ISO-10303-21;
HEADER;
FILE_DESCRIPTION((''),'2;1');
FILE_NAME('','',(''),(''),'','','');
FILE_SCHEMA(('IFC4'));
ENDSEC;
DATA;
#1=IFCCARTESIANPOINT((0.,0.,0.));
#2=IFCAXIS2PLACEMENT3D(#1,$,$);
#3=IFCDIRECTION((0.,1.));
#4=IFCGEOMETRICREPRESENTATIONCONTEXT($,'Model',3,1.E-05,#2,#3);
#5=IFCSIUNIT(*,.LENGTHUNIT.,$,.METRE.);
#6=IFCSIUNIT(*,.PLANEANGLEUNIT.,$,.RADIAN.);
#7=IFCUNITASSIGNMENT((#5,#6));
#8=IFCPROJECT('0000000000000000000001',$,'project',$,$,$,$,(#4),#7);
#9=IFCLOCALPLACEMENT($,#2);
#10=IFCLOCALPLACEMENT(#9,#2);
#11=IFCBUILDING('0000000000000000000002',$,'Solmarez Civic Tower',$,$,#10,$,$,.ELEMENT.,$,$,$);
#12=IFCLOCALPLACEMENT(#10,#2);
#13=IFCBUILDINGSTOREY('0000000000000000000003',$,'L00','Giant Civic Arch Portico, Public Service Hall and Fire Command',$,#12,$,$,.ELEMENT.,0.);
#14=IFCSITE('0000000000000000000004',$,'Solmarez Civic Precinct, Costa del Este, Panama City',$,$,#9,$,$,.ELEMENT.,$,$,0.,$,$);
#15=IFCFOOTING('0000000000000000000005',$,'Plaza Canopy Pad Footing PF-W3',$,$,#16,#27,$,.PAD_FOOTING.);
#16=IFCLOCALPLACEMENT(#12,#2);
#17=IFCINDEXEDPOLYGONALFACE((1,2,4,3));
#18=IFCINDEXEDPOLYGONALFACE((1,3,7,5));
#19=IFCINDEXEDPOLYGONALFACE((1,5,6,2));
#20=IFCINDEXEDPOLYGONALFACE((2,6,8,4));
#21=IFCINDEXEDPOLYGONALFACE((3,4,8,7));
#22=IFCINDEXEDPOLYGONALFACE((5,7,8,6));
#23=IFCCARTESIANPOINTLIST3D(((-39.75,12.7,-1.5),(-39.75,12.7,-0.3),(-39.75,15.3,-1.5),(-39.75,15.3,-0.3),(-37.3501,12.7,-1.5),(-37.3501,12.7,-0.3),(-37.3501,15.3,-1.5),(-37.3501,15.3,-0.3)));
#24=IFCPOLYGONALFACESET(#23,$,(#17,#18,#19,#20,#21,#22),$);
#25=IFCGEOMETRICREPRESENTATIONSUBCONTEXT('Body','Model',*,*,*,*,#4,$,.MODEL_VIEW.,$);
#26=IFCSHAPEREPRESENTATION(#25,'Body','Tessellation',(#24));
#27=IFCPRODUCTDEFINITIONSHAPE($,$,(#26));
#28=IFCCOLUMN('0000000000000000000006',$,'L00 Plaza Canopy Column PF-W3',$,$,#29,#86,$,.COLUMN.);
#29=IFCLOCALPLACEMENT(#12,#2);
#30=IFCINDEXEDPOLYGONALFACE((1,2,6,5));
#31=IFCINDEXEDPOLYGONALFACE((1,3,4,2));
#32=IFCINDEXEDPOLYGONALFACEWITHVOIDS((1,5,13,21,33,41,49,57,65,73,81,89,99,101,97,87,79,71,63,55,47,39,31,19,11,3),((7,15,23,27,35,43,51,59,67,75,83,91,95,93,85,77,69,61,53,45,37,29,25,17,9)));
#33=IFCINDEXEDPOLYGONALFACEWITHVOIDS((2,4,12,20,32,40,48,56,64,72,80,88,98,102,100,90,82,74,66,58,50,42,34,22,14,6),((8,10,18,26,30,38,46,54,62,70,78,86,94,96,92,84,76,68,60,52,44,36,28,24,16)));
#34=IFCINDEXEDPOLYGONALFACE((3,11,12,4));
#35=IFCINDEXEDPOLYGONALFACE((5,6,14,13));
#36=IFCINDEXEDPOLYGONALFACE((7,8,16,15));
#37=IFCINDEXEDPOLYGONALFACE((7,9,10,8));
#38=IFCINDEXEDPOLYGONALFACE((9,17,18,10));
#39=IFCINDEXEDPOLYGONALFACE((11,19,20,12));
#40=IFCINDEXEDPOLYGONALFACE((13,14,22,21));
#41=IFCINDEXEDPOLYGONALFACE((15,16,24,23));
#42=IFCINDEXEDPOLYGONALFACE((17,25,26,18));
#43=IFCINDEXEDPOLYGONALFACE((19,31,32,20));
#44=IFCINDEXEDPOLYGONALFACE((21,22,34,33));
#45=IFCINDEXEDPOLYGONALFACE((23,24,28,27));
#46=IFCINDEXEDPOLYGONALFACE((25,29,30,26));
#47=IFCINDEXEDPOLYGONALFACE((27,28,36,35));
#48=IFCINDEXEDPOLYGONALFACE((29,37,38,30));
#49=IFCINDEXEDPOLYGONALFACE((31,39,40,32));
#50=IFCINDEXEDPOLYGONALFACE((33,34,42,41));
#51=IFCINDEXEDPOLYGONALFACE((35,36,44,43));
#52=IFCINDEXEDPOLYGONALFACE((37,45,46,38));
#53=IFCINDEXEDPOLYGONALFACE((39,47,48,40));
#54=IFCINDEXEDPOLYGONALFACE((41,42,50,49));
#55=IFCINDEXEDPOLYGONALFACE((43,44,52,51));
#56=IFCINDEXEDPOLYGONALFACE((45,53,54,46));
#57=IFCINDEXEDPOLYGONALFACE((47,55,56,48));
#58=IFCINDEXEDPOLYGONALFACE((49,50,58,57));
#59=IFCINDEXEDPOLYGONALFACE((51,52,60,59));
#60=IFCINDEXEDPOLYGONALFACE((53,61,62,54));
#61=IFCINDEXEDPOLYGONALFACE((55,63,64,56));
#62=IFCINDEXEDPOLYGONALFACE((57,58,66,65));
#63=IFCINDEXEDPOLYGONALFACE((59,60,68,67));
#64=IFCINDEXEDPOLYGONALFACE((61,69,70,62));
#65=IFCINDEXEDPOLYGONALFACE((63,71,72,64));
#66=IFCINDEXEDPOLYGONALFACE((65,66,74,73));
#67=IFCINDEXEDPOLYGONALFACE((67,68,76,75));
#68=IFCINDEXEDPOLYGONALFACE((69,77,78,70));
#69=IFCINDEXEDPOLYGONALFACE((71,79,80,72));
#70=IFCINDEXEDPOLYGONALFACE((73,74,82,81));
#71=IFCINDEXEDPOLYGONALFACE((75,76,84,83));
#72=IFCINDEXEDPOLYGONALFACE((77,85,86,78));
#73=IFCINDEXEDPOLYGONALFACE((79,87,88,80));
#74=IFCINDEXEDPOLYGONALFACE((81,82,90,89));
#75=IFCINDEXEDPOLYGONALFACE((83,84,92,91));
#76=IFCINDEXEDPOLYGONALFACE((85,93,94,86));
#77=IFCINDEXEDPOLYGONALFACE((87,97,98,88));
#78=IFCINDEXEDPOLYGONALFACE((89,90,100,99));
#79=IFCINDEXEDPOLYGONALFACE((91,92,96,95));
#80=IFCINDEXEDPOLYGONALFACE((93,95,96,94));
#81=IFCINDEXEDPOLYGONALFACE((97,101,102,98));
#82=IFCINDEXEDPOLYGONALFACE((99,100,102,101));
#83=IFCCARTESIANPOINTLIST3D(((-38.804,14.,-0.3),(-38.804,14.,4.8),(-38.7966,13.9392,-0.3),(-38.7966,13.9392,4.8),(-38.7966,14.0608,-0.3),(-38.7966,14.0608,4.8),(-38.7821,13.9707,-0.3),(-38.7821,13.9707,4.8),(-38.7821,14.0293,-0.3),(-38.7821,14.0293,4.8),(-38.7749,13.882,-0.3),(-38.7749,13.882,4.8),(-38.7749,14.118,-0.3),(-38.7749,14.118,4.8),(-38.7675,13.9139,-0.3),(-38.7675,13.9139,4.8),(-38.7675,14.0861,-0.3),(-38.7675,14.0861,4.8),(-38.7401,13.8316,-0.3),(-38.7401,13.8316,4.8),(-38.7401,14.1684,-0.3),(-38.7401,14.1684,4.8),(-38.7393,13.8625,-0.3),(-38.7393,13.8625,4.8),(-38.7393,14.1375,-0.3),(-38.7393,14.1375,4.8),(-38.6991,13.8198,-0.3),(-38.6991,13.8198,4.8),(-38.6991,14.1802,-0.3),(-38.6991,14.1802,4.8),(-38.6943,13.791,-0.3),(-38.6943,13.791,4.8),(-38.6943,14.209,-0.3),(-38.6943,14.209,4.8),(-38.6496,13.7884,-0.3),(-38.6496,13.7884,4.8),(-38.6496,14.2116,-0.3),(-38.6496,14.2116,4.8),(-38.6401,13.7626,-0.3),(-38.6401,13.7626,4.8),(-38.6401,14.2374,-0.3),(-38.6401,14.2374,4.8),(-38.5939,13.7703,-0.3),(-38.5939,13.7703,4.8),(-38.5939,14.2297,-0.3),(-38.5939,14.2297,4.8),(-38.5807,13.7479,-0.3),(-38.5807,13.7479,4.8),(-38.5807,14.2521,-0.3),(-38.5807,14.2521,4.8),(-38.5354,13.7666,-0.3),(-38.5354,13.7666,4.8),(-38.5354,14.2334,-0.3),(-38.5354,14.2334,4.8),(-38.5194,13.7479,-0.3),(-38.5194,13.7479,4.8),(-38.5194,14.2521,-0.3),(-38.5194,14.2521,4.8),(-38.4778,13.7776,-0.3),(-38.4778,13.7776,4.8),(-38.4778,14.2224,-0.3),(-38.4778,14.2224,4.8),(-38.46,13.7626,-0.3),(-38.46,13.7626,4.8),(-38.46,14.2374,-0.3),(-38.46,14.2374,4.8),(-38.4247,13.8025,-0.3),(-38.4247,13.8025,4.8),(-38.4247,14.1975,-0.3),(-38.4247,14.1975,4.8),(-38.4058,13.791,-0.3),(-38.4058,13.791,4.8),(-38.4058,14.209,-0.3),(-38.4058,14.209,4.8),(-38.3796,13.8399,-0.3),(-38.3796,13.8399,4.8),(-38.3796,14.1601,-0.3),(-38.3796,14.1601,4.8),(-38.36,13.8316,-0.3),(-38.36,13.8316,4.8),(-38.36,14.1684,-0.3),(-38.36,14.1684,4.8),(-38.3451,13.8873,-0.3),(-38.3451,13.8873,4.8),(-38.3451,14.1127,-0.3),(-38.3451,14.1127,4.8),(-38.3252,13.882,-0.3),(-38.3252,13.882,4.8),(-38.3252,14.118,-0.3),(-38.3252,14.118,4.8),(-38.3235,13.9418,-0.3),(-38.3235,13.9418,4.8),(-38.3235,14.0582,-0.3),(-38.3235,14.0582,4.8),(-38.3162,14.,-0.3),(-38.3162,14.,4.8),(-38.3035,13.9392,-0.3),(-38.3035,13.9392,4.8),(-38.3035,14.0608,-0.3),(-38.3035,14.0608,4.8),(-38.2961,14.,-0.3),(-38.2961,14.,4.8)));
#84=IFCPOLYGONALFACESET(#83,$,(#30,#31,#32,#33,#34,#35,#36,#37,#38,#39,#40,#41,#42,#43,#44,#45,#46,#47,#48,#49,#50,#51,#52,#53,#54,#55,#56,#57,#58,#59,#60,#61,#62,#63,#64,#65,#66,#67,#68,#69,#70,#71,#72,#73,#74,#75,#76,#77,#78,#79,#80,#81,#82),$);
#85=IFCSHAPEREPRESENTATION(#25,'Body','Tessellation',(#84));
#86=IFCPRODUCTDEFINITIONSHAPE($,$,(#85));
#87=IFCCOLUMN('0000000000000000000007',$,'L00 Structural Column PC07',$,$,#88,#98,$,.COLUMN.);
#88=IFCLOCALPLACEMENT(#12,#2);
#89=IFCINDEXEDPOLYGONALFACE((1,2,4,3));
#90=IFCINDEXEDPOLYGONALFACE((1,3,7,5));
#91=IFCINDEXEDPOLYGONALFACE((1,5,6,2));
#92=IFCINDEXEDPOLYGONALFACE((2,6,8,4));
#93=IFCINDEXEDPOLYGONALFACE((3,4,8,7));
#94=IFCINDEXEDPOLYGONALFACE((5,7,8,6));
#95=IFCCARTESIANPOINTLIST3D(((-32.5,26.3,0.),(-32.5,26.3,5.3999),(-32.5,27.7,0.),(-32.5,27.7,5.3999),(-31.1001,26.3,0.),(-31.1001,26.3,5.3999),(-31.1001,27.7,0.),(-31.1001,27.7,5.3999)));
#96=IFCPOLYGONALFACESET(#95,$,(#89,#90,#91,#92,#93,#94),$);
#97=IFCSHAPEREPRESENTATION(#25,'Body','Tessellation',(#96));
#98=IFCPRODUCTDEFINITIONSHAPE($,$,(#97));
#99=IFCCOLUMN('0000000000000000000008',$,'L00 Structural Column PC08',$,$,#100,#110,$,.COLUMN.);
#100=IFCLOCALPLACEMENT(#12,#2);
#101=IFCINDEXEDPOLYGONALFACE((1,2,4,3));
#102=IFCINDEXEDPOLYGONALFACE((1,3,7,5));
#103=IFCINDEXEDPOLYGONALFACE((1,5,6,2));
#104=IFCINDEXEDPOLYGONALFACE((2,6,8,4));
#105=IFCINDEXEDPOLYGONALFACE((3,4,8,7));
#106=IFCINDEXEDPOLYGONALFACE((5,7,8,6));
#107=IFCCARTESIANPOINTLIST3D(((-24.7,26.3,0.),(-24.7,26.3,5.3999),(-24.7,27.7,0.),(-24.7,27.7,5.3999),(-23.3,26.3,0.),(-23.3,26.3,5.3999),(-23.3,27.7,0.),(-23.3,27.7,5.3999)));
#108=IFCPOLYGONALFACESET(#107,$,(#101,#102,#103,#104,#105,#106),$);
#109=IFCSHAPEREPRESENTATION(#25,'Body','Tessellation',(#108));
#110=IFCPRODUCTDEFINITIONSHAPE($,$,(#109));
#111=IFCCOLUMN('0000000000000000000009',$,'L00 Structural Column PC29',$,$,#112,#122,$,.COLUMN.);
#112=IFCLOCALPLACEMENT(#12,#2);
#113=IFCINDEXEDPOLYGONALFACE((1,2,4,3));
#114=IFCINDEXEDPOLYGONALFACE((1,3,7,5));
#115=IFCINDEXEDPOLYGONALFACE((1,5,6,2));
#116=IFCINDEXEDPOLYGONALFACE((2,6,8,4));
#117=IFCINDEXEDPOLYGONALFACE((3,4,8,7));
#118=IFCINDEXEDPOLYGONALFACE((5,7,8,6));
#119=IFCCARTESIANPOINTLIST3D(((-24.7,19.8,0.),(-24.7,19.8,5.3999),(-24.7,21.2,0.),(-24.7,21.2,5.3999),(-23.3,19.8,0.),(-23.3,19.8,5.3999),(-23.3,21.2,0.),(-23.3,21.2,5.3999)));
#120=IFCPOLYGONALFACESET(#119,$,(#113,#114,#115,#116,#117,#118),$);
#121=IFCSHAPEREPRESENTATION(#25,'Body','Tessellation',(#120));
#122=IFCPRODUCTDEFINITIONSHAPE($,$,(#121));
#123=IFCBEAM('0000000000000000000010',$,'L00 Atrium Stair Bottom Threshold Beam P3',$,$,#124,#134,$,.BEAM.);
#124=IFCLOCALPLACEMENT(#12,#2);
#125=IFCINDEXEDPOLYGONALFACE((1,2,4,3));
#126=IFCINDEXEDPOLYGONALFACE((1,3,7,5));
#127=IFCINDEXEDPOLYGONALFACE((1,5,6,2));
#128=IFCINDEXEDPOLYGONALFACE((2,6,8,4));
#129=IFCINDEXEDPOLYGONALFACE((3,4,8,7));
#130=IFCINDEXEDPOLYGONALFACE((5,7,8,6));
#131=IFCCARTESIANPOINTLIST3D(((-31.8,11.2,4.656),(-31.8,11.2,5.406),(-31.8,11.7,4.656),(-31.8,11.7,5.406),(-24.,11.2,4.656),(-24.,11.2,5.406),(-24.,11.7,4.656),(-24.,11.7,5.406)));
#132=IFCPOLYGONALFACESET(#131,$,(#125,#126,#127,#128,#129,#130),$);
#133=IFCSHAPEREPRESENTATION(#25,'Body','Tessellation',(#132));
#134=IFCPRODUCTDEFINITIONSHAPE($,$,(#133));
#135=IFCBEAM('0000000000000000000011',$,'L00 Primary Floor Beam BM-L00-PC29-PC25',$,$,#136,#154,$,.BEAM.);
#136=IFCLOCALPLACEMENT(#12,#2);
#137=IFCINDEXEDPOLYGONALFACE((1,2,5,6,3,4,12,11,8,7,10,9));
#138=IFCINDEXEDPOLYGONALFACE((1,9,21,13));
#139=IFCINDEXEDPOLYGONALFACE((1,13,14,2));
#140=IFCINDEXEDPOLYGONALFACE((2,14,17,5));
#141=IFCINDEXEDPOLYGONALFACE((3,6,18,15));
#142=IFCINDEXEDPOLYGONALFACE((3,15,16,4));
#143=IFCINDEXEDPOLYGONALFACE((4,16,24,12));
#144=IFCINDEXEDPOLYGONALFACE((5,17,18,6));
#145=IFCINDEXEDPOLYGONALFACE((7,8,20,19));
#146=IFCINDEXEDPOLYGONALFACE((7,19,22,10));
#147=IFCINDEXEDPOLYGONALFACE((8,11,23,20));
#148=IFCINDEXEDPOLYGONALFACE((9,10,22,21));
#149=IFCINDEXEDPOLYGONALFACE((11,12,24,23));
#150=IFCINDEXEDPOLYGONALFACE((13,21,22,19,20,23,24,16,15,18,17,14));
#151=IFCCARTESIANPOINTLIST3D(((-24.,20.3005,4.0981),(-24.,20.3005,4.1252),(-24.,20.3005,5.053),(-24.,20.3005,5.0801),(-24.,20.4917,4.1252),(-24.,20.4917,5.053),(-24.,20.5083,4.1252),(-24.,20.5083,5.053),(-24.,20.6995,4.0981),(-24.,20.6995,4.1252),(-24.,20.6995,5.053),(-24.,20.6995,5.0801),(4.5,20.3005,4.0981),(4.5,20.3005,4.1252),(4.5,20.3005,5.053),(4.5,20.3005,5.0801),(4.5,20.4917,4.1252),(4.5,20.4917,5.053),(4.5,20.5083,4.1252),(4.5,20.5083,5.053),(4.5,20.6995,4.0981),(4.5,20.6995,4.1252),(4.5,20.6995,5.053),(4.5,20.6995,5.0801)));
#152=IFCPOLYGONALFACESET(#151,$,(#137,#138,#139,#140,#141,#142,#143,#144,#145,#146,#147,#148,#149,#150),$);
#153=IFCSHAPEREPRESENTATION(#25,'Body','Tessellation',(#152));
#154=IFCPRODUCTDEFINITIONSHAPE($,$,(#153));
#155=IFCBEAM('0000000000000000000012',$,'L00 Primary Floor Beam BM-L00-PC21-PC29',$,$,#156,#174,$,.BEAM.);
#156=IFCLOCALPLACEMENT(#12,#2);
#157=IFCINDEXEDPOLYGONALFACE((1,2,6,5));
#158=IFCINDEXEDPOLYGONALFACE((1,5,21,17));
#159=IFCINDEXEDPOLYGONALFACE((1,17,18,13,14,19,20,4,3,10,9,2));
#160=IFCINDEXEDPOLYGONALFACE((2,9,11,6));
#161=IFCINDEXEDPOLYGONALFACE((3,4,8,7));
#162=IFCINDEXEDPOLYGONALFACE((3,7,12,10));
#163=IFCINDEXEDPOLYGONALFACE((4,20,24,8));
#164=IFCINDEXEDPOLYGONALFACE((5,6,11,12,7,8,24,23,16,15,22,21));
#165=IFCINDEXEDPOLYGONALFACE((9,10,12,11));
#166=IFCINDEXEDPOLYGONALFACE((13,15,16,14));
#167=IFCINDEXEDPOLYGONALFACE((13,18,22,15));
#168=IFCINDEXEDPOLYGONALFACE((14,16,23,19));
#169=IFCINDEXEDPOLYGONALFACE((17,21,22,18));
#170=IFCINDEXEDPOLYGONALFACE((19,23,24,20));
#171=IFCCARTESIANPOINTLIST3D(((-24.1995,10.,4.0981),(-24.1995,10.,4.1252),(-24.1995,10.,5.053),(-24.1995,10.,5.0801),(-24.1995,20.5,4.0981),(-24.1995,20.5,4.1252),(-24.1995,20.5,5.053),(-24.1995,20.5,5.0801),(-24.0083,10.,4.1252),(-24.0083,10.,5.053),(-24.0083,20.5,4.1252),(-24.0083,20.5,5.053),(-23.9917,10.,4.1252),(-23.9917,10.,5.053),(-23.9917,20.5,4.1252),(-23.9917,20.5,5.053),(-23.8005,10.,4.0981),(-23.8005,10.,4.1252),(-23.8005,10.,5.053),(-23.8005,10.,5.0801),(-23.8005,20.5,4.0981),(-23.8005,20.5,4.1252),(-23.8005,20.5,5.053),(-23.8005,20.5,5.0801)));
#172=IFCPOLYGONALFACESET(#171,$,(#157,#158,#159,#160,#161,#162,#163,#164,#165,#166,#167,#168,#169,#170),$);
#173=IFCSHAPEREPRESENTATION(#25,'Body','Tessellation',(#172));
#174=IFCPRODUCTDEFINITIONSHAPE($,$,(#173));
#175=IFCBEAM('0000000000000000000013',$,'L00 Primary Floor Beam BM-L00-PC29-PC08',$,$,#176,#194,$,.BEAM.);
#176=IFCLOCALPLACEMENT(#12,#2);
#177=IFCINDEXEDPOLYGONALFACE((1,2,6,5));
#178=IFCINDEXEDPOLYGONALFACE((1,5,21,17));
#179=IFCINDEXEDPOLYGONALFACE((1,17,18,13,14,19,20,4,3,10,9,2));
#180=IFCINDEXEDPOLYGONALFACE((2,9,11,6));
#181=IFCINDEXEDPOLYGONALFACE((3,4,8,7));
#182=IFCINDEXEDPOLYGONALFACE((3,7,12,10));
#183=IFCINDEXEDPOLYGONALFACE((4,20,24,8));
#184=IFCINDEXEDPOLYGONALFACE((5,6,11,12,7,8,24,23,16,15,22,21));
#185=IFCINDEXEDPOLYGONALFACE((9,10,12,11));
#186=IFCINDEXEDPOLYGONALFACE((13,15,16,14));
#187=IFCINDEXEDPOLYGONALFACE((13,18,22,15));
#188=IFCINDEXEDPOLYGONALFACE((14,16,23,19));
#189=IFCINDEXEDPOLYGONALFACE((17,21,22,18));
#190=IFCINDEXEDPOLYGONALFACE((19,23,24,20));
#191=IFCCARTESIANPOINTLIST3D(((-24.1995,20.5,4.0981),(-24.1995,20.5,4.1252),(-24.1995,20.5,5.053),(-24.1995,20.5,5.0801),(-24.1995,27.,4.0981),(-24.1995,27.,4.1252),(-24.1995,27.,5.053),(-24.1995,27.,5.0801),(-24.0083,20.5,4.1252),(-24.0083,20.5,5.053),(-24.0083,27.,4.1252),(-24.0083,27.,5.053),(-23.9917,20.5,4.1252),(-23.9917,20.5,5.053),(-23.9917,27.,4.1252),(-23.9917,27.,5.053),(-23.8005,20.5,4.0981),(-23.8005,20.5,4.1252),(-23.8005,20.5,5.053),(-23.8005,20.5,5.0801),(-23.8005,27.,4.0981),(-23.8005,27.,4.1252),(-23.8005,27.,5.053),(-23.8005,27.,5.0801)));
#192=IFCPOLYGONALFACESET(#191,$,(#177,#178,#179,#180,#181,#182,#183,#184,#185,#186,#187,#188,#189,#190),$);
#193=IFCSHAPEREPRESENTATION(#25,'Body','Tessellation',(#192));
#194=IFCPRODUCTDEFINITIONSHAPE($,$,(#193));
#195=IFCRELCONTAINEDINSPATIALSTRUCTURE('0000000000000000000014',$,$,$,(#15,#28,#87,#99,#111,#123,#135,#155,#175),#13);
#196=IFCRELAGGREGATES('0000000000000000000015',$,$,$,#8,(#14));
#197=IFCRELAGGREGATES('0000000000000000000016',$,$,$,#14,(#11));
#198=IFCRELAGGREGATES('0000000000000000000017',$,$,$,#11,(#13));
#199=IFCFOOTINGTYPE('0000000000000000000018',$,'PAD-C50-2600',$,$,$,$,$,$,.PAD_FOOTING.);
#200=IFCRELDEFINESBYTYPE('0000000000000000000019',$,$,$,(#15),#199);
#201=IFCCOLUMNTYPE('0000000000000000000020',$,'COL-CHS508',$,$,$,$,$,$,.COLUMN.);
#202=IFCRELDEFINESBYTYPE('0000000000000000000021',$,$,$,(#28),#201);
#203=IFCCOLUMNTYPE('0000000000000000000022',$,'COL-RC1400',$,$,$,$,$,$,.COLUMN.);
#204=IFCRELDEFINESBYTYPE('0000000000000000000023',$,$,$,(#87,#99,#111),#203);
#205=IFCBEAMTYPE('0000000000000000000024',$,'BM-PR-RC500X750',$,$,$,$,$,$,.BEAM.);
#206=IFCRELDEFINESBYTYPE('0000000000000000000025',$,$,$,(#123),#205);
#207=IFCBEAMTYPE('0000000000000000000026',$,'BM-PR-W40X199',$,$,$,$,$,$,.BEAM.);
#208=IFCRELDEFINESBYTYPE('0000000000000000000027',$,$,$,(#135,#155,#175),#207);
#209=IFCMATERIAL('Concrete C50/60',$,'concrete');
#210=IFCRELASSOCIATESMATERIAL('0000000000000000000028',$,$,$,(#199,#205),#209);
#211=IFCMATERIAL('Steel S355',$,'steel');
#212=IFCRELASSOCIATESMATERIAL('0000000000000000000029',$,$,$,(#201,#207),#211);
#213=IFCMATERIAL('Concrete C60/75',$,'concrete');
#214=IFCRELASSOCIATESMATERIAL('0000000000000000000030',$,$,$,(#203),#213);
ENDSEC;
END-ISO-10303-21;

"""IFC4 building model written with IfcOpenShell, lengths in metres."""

from ifc_helpers import new_model, si_unit, direction, frame, origin, origin_2d, place, context, subcontext, project, spatial, rectangle, hollow_circle, i_section, extrude, material, material_profile, profile_set, type_object, element, save


model = new_model("IFC4")

# Units and contexts
model_context = context("Model", 3, precision=1e-05, world=origin(), true_north=direction((0.0, 1.0)))
body_context = subcontext(model_context, "Body", "Model", "MODEL_VIEW")
ifc_project = project(units=[si_unit("LENGTHUNIT", "METRE"), si_unit("PLANEANGLEUNIT", "RADIAN")], contexts=[model_context])

# Site, building, storey
site_placement = place(None, origin())
site = spatial("IfcSite", under=ifc_project, at=site_placement, Name="Solmarez Civic Precinct, Costa del Este, Panama City", CompositionType="ELEMENT", RefElevation=0.0)
building_placement = place(site_placement, origin())
building = spatial("IfcBuilding", under=site, at=building_placement, Name="Solmarez Civic Tower", CompositionType="ELEMENT")
storey_placement = place(building_placement, origin())
storey = spatial("IfcBuildingStorey", under=building, at=storey_placement, Name="L00", Description="Giant Civic Arch Portico, Public Service Hall and Fire Command", CompositionType="ELEMENT", Elevation=0.0)

# Footing
ifc_material_1 = material(Name="Concrete C50/60", Category="concrete")
footing_type = type_object("IfcFootingType", Name="PAD-C50-2600", PredefinedType="PAD_FOOTING", material=ifc_material_1)
footing_placement = place(storey_placement, frame((-38.55, 14.0, -1.5), z_axis=(0.0, 0.0, 1.0), x_axis=(1.0, 0.0, 0.0)))
element("IfcFooting", 1, at=footing_placement, inside=storey, type_object=footing_type, Name="Plaza Canopy Pad Footing PF-W3", PredefinedType="PAD_FOOTING", context=body_context, shape_type="SweptSolid", body=[
    extrude(rectangle(XDim=2.3999, YDim=2.6001, at=origin_2d()), origin(), (0.0, 0.0, 1.0), 1.2),
])

# Columns
ifc_material_2 = material(Name="Steel S355", Category="steel")
ifc_material_profile_1 = material_profile(ifc_material_2, hollow_circle(Radius=0.2539, WallThickness=0.02, at=origin_2d()), Name="CHS508X20")
ifc_profile_set_1 = profile_set([ifc_material_profile_1], Name="Steel S355")
column_type_1 = type_object("IfcColumnType", Name="COL-CHS508", PredefinedType="COLUMN", material=ifc_profile_set_1)
column_placement = place(storey_placement, frame((-38.55, 14.0, -0.3), z_axis=(0.0, 0.0, 1.0), x_axis=(1.0, 0.0, 0.0)))
element("IfcColumn", 2, at=column_placement, inside=storey, type_object=column_type_1, Name="L00 Plaza Canopy Column PF-W3", PredefinedType="COLUMN", context=body_context, shape_type="SweptSolid", body=[
    extrude(hollow_circle(Radius=0.2539, WallThickness=0.02, at=origin_2d()), origin(), (0.0, 0.0, 1.0), 5.1001),
])
ifc_material_3 = material(Name="Concrete C60/75", Category="concrete")
ifc_material_profile_2 = material_profile(ifc_material_3, rectangle(XDim=1.3999, YDim=1.3999, at=origin_2d()), Name="RC1400X1400")
ifc_profile_set_2 = profile_set([ifc_material_profile_2], Name="Concrete C60/75")
column_type_2 = type_object("IfcColumnType", Name="COL-RC1400", PredefinedType="COLUMN", material=ifc_profile_set_2)
for number, where, z_axis, x_axis, name in (
    (3, (-31.8, 27.0, 0.0), (0.0, 0.0, 1.0), (1.0, 0.0, 0.0), "L00 Structural Column PC07"),
    (4, (-24.0, 27.0, 0.0), (0.0, 0.0, 1.0), (1.0, 0.0, 0.0), "L00 Structural Column PC08"),
    (5, (-24.0, 20.5, 0.0), (0.0, 0.0, 1.0), (1.0, 0.0, 0.0), "L00 Structural Column PC29"),
):
    element("IfcColumn", number, at=place(storey_placement, frame(where, z_axis=z_axis, x_axis=x_axis)), inside=storey, type_object=column_type_2, Name=name, PredefinedType="COLUMN", context=body_context, shape_type="SweptSolid", body=[
        extrude(rectangle(XDim=1.3999, YDim=1.3999, at=origin_2d()), origin(), (0.0, 0.0, 1.0), 5.3999),
    ])

# Beams
ifc_material_profile_3 = material_profile(ifc_material_1, rectangle(XDim=0.5, YDim=0.75, at=origin_2d()), Name="RC500X750")
ifc_profile_set_3 = profile_set([ifc_material_profile_3], Name="Concrete C50/60")
beam_type_1 = type_object("IfcBeamType", Name="BM-PR-RC500X750", PredefinedType="BEAM", material=ifc_profile_set_3)
beam_1_placement = place(storey_placement, frame((-31.8, 11.45, 5.031), z_axis=(1.0, 0.0, 0.0), x_axis=(0.0, 1.0, 0.0)))
element("IfcBeam", 6, at=beam_1_placement, inside=storey, type_object=beam_type_1, Name="L00 Atrium Stair Bottom Threshold Beam P3", PredefinedType="BEAM", context=body_context, shape_type="SweptSolid", body=[
    extrude(rectangle(XDim=0.5, YDim=0.75, at=origin_2d()), origin(), (0.0, 0.0, 1.0), 7.8),
])
ifc_material_profile_4 = material_profile(ifc_material_2, i_section(OverallWidth=0.3989, OverallDepth=0.9819, WebThickness=0.0166, FlangeThickness=0.0271, at=origin_2d()), Name="W40X199")
ifc_profile_set_4 = profile_set([ifc_material_profile_4], Name="Steel S355")
beam_type_2 = type_object("IfcBeamType", Name="BM-PR-W40X199", PredefinedType="BEAM", material=ifc_profile_set_4)
beam_2_placement = place(storey_placement, frame((-24.0, 20.5, 4.5891), z_axis=(1.0, 0.0, 0.0), x_axis=(0.0, 1.0, 0.0)))
element("IfcBeam", 7, at=beam_2_placement, inside=storey, type_object=beam_type_2, Name="L00 Primary Floor Beam BM-L00-PC29-PC25", PredefinedType="BEAM", context=body_context, shape_type="SweptSolid", body=[
    extrude(i_section(OverallWidth=0.3989, OverallDepth=0.9819, WebThickness=0.0166, FlangeThickness=0.0271, at=origin_2d()), origin(), (0.0, 0.0, 1.0), 28.5),
])
beam_3_placement = place(storey_placement, frame((-24.0, 10.0, 4.5891), z_axis=(0.0, 1.0, 0.0), x_axis=(-1.0, 0.0, 0.0)))
element("IfcBeam", 8, at=beam_3_placement, inside=storey, type_object=beam_type_2, Name="L00 Primary Floor Beam BM-L00-PC21-PC29", PredefinedType="BEAM", context=body_context, shape_type="SweptSolid", body=[
    extrude(i_section(OverallWidth=0.3989, OverallDepth=0.9819, WebThickness=0.0166, FlangeThickness=0.0271, at=origin_2d()), origin(), (0.0, 0.0, 1.0), 10.5),
])
beam_4_placement = place(storey_placement, frame((-24.0, 20.5, 4.5891), z_axis=(0.0, 1.0, 0.0), x_axis=(-1.0, 0.0, 0.0)))
element("IfcBeam", 9, at=beam_4_placement, inside=storey, type_object=beam_type_2, Name="L00 Primary Floor Beam BM-L00-PC29-PC08", PredefinedType="BEAM", context=body_context, shape_type="SweptSolid", body=[
    extrude(i_section(OverallWidth=0.3989, OverallDepth=0.9819, WebThickness=0.0166, FlangeThickness=0.0271, at=origin_2d()), origin(), (0.0, 0.0, 1.0), 6.5),
])

save(model, "model.ifc")
